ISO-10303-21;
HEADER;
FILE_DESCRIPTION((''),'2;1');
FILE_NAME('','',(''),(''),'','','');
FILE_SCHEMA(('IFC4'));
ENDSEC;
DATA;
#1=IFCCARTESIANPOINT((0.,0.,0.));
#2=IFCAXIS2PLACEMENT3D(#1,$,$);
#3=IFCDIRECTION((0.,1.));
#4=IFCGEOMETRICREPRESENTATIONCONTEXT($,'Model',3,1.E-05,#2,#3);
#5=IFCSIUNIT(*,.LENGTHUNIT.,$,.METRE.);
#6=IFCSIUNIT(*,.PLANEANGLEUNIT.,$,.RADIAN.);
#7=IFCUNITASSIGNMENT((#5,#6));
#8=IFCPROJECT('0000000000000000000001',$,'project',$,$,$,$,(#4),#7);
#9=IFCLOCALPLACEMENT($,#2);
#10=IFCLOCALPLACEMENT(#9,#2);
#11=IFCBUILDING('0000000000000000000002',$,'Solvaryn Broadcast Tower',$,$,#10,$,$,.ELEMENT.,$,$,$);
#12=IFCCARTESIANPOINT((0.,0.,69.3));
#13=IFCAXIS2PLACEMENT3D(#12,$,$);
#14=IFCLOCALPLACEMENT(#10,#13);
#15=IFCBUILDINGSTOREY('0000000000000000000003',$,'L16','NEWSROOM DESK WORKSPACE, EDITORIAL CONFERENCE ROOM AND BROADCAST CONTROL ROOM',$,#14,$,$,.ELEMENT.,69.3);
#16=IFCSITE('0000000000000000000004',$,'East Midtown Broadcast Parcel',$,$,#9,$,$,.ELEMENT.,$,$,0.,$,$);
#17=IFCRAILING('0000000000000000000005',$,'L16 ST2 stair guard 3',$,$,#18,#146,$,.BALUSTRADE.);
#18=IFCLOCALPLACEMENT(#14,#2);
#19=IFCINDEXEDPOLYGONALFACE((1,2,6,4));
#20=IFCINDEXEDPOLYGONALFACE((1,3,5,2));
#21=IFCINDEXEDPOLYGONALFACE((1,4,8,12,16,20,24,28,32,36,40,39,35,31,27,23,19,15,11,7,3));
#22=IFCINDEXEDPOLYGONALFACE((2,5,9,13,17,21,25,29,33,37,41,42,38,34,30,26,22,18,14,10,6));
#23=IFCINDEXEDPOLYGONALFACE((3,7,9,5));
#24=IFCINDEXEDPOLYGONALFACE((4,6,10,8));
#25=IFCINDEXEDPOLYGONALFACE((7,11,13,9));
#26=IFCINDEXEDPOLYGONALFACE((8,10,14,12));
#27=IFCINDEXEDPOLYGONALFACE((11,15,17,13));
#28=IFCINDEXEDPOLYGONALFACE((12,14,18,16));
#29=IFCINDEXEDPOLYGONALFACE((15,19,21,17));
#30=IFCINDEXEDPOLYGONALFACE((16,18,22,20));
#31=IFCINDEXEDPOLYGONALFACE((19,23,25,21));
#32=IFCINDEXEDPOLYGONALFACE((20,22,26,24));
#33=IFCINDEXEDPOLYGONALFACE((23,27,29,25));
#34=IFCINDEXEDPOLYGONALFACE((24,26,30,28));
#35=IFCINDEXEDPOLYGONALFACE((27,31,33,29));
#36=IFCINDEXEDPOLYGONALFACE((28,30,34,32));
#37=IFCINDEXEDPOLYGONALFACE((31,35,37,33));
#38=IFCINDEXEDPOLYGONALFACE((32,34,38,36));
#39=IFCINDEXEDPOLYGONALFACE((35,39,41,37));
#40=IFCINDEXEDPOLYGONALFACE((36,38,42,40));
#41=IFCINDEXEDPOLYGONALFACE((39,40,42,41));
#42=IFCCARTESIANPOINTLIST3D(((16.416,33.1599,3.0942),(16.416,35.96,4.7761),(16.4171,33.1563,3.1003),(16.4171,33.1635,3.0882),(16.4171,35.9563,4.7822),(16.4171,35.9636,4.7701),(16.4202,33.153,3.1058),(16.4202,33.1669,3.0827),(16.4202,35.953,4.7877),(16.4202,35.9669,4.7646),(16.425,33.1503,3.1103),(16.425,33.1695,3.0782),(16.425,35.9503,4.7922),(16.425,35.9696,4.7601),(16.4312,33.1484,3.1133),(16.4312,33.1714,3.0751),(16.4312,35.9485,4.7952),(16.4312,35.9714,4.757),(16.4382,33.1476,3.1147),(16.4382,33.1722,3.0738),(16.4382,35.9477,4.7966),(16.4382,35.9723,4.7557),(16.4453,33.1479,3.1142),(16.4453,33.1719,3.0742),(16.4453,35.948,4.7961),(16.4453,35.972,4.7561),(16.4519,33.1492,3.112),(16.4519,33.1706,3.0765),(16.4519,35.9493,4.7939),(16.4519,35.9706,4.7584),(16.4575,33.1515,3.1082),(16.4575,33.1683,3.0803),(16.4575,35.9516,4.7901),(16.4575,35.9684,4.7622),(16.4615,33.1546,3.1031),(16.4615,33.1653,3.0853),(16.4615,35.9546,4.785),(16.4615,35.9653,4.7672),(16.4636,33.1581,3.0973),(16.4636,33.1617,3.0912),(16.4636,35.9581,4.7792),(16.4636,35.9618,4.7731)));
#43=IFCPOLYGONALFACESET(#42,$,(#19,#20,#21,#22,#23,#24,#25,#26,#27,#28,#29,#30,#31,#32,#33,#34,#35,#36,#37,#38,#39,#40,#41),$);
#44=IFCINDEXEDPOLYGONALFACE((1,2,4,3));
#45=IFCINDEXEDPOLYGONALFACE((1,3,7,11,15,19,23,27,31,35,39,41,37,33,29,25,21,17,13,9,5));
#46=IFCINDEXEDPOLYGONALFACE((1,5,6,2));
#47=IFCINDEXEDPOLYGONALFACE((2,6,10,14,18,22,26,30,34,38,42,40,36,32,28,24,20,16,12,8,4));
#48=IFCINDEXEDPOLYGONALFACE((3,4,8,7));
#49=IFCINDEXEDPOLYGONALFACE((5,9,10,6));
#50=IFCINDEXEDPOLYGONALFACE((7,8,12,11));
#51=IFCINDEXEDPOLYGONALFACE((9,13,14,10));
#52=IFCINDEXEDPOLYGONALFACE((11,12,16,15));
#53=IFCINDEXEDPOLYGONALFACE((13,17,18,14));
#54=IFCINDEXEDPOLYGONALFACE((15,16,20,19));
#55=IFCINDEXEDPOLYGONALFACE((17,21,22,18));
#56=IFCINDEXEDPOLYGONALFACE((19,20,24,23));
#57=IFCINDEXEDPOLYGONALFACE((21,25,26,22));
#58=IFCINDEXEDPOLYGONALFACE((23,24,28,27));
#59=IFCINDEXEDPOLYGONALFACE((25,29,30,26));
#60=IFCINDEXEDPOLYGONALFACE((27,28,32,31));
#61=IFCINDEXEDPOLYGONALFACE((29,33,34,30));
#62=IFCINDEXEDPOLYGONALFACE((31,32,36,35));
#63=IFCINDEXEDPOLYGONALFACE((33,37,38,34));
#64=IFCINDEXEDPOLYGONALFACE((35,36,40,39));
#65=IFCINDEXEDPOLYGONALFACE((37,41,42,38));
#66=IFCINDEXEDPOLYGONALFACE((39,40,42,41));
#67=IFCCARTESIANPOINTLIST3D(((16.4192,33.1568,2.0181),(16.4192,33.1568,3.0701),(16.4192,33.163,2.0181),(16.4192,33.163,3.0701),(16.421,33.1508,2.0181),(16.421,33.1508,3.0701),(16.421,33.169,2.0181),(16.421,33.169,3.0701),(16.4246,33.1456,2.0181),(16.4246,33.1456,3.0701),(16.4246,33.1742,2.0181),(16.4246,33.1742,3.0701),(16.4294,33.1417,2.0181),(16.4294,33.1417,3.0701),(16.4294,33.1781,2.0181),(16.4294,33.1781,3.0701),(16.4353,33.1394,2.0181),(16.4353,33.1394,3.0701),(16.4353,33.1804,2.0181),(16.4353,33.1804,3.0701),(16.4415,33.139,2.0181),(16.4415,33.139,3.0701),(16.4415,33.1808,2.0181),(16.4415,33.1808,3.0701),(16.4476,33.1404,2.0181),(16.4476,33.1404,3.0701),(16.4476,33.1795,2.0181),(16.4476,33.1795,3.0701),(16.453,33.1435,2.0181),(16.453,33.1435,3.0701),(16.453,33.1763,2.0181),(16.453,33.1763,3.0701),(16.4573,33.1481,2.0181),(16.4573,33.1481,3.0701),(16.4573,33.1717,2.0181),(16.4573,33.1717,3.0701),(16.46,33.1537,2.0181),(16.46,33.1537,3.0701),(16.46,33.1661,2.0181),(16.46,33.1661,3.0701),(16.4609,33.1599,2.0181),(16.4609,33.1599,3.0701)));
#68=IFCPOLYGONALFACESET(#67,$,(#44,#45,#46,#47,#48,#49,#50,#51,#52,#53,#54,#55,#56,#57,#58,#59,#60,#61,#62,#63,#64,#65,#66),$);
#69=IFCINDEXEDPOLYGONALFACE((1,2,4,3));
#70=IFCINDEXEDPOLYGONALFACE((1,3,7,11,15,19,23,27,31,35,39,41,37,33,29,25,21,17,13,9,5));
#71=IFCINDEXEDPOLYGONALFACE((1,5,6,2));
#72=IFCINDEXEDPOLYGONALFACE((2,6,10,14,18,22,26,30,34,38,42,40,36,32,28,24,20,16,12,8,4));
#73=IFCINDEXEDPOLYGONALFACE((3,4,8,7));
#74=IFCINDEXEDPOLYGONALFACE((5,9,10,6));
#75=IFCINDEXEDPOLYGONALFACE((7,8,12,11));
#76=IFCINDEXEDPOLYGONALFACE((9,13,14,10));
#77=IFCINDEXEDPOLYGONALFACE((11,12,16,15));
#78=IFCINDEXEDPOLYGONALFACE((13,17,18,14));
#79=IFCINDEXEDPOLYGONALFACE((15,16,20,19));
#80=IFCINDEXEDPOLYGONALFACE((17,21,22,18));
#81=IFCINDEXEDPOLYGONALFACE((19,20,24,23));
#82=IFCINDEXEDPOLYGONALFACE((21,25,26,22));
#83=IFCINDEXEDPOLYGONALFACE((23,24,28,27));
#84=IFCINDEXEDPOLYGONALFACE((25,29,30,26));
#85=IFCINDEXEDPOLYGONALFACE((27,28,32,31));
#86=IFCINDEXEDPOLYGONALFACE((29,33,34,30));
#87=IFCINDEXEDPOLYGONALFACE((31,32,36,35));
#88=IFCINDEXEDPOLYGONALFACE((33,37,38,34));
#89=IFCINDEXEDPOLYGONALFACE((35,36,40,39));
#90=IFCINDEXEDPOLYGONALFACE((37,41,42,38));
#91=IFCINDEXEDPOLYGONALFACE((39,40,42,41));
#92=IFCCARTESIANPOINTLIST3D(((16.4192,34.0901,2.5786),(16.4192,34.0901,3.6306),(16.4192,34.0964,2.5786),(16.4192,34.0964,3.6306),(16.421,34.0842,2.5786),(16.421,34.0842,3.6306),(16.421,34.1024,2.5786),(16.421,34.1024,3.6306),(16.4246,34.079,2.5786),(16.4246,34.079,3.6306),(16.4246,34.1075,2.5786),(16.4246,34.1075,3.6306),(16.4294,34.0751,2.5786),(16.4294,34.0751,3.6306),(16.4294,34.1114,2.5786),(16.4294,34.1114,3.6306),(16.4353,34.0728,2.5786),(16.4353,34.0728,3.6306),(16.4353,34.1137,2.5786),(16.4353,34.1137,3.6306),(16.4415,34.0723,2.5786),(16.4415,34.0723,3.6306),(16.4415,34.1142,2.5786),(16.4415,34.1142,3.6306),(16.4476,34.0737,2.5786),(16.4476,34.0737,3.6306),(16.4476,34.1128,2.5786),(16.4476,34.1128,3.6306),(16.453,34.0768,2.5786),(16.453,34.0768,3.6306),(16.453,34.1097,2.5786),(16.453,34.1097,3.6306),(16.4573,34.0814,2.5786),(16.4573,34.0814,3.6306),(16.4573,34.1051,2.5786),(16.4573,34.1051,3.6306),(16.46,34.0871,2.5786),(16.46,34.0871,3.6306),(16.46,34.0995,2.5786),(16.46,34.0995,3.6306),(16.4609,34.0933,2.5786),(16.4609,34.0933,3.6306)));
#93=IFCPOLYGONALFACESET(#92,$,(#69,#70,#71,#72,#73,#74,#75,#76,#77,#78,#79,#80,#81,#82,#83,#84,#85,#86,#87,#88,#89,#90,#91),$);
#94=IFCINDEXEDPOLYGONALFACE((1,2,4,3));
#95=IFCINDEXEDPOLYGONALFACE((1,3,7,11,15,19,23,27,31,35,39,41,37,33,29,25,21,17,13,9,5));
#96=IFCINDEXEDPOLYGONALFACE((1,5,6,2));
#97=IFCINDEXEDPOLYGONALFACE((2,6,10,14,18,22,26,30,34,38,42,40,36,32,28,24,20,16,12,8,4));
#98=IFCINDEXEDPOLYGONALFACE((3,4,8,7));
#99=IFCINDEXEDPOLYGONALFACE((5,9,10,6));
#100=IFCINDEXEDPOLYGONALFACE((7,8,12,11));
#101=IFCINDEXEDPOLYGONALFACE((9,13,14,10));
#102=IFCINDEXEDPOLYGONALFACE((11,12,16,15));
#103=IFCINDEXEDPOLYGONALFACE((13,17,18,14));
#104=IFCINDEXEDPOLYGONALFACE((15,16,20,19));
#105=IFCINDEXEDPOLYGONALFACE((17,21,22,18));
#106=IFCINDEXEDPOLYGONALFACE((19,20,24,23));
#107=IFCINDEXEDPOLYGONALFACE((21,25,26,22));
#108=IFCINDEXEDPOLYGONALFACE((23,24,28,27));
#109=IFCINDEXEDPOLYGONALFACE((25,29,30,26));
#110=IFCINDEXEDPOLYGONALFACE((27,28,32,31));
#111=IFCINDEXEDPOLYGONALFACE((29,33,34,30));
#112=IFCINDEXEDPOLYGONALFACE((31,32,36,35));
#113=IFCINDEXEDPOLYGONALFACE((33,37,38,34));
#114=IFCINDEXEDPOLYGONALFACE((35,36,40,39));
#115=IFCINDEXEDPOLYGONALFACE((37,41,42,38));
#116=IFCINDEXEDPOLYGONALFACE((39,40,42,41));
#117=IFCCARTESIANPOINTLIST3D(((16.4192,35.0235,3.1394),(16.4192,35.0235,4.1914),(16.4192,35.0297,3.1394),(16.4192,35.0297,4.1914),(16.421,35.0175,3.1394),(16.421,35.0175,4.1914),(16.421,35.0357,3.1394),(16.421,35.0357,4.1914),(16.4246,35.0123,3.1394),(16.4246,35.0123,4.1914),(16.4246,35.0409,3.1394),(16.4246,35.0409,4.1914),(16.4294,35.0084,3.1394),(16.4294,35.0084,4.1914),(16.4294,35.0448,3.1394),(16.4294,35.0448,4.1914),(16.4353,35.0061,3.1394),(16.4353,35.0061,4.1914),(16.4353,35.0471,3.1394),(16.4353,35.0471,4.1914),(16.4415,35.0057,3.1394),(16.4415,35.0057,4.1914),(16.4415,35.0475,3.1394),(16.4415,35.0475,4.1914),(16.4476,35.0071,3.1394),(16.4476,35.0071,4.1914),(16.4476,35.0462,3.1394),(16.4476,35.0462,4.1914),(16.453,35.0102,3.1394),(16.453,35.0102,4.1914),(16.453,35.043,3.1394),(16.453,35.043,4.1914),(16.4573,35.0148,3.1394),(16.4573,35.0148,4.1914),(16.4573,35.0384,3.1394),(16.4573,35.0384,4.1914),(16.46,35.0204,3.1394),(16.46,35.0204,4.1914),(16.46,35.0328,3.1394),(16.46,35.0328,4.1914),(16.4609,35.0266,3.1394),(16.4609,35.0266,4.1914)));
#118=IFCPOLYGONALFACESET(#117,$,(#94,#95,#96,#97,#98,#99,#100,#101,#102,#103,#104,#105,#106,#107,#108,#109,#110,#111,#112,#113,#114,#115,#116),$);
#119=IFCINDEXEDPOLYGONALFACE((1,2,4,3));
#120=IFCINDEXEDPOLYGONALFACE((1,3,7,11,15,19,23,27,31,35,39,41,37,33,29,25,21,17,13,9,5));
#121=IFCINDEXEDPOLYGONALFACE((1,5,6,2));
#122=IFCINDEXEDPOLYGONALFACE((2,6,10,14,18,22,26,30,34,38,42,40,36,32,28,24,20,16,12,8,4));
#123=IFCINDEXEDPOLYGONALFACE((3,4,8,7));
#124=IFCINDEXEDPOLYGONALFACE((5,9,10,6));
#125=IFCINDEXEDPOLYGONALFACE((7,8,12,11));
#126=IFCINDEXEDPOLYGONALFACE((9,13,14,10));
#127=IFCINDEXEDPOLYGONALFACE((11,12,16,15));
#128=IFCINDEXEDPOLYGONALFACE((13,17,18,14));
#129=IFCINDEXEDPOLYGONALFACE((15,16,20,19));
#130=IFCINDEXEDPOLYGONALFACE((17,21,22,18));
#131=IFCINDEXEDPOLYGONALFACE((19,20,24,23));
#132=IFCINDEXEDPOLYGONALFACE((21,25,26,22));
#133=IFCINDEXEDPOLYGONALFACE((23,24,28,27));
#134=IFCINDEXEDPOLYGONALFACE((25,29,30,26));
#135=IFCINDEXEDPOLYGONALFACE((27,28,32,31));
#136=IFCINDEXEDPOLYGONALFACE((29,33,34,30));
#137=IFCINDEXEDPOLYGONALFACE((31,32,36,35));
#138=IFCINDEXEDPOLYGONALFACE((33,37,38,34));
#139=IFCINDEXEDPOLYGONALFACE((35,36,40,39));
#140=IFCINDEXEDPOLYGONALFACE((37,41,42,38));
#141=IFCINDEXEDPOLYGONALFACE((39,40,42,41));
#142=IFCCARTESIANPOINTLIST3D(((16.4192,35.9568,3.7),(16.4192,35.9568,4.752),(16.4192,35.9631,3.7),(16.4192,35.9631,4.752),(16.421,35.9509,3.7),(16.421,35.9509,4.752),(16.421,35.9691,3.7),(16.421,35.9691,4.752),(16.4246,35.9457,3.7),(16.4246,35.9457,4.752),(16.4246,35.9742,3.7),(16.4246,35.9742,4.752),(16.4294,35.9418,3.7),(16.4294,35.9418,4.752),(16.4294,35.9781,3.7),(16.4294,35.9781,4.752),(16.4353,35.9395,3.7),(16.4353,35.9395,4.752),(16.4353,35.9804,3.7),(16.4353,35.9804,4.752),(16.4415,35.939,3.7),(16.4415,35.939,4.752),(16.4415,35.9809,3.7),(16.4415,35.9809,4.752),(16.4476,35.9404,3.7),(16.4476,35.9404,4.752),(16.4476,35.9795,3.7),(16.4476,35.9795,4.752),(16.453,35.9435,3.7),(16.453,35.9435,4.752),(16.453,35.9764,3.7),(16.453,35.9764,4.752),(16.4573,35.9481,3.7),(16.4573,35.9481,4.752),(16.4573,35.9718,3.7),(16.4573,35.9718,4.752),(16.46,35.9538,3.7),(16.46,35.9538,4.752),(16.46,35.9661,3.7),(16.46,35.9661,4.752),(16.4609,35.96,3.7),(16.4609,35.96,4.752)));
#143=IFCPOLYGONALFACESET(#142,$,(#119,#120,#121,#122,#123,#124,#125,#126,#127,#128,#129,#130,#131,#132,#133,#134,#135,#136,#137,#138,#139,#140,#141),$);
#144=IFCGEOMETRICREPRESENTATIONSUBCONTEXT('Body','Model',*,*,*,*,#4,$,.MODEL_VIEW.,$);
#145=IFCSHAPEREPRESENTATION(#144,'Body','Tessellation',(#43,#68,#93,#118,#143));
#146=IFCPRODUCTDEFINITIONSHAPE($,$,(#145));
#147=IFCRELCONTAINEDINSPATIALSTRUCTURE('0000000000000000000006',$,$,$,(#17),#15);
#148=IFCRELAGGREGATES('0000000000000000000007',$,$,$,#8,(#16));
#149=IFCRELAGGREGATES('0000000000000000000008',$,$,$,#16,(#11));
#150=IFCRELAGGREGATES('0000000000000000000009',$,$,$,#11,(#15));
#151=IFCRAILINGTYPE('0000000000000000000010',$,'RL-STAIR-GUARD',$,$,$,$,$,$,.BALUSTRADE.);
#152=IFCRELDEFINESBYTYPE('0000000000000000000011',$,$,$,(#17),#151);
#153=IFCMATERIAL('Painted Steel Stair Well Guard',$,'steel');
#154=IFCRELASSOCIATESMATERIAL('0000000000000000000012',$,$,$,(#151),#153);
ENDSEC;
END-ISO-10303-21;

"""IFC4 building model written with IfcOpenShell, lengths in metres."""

from ifc_helpers import new_model, si_unit, direction, frame, origin, origin_2d, place, context, subcontext, project, spatial, circle, extrude, material, type_object, element, save


model = new_model("IFC4")

# Units and contexts
model_context = context("Model", 3, precision=1e-05, world=origin(), true_north=direction((0.0, 1.0)))
body_context = subcontext(model_context, "Body", "Model", "MODEL_VIEW")
ifc_project = project(units=[si_unit("LENGTHUNIT", "METRE"), si_unit("PLANEANGLEUNIT", "RADIAN")], contexts=[model_context])

# Site, building, storey
site_placement = place(None, origin())
site = spatial("IfcSite", under=ifc_project, at=site_placement, Name="East Midtown Broadcast Parcel", CompositionType="ELEMENT", RefElevation=0.0)
building_placement = place(site_placement, origin())
building = spatial("IfcBuilding", under=site, at=building_placement, Name="Solvaryn Broadcast Tower", CompositionType="ELEMENT")
storey_placement = place(building_placement, frame((0.0, 0.0, 69.3)))
storey = spatial("IfcBuildingStorey", under=building, at=storey_placement, Name="L16", Description="NEWSROOM DESK WORKSPACE, EDITORIAL CONFERENCE ROOM AND BROADCAST CONTROL ROOM", CompositionType="ELEMENT", Elevation=69.3)

# Railing
ifc_material_1 = material(Name="Painted Steel Stair Well Guard", Category="steel")
railing_type_1 = type_object("IfcRailingType", Name="RL-STAIR-GUARD", PredefinedType="BALUSTRADE", material=ifc_material_1)
railing_1_placement = place(storey_placement, frame((16.4399, 33.1599, 2.0181)))
element("IfcRailing", 1, at=railing_1_placement, inside=storey, type_object=railing_type_1, Name="L16 ST2 stair guard 3", PredefinedType="BALUSTRADE", context=body_context, shape_type="SweptSolid", body=[
    extrude(circle(Radius=0.0239, at=origin_2d()), frame((0.0, 0.0, 1.0762), z_axis=(0.0, 0.857242, 0.514913), x_axis=(-1.0, 0.0, 0.0)), (0.0, 0.0, 1.0), 3.2664),
    extrude(circle(Radius=0.021, at=origin_2d()), origin(), (0.0, 0.0, 1.0), 1.052),
    extrude(circle(Radius=0.021, at=origin_2d()), frame((0.0, 0.9333, 0.5605)), (0.0, 0.0, 1.0), 1.052),
    extrude(circle(Radius=0.021, at=origin_2d()), frame((0.0, 1.8667, 1.1213)), (0.0, 0.0, 1.0), 1.052),
    extrude(circle(Radius=0.021, at=origin_2d()), frame((0.0, 2.8, 1.6819)), (0.0, 0.0, 1.0), 1.052),
])

save(model, "model.ifc")
